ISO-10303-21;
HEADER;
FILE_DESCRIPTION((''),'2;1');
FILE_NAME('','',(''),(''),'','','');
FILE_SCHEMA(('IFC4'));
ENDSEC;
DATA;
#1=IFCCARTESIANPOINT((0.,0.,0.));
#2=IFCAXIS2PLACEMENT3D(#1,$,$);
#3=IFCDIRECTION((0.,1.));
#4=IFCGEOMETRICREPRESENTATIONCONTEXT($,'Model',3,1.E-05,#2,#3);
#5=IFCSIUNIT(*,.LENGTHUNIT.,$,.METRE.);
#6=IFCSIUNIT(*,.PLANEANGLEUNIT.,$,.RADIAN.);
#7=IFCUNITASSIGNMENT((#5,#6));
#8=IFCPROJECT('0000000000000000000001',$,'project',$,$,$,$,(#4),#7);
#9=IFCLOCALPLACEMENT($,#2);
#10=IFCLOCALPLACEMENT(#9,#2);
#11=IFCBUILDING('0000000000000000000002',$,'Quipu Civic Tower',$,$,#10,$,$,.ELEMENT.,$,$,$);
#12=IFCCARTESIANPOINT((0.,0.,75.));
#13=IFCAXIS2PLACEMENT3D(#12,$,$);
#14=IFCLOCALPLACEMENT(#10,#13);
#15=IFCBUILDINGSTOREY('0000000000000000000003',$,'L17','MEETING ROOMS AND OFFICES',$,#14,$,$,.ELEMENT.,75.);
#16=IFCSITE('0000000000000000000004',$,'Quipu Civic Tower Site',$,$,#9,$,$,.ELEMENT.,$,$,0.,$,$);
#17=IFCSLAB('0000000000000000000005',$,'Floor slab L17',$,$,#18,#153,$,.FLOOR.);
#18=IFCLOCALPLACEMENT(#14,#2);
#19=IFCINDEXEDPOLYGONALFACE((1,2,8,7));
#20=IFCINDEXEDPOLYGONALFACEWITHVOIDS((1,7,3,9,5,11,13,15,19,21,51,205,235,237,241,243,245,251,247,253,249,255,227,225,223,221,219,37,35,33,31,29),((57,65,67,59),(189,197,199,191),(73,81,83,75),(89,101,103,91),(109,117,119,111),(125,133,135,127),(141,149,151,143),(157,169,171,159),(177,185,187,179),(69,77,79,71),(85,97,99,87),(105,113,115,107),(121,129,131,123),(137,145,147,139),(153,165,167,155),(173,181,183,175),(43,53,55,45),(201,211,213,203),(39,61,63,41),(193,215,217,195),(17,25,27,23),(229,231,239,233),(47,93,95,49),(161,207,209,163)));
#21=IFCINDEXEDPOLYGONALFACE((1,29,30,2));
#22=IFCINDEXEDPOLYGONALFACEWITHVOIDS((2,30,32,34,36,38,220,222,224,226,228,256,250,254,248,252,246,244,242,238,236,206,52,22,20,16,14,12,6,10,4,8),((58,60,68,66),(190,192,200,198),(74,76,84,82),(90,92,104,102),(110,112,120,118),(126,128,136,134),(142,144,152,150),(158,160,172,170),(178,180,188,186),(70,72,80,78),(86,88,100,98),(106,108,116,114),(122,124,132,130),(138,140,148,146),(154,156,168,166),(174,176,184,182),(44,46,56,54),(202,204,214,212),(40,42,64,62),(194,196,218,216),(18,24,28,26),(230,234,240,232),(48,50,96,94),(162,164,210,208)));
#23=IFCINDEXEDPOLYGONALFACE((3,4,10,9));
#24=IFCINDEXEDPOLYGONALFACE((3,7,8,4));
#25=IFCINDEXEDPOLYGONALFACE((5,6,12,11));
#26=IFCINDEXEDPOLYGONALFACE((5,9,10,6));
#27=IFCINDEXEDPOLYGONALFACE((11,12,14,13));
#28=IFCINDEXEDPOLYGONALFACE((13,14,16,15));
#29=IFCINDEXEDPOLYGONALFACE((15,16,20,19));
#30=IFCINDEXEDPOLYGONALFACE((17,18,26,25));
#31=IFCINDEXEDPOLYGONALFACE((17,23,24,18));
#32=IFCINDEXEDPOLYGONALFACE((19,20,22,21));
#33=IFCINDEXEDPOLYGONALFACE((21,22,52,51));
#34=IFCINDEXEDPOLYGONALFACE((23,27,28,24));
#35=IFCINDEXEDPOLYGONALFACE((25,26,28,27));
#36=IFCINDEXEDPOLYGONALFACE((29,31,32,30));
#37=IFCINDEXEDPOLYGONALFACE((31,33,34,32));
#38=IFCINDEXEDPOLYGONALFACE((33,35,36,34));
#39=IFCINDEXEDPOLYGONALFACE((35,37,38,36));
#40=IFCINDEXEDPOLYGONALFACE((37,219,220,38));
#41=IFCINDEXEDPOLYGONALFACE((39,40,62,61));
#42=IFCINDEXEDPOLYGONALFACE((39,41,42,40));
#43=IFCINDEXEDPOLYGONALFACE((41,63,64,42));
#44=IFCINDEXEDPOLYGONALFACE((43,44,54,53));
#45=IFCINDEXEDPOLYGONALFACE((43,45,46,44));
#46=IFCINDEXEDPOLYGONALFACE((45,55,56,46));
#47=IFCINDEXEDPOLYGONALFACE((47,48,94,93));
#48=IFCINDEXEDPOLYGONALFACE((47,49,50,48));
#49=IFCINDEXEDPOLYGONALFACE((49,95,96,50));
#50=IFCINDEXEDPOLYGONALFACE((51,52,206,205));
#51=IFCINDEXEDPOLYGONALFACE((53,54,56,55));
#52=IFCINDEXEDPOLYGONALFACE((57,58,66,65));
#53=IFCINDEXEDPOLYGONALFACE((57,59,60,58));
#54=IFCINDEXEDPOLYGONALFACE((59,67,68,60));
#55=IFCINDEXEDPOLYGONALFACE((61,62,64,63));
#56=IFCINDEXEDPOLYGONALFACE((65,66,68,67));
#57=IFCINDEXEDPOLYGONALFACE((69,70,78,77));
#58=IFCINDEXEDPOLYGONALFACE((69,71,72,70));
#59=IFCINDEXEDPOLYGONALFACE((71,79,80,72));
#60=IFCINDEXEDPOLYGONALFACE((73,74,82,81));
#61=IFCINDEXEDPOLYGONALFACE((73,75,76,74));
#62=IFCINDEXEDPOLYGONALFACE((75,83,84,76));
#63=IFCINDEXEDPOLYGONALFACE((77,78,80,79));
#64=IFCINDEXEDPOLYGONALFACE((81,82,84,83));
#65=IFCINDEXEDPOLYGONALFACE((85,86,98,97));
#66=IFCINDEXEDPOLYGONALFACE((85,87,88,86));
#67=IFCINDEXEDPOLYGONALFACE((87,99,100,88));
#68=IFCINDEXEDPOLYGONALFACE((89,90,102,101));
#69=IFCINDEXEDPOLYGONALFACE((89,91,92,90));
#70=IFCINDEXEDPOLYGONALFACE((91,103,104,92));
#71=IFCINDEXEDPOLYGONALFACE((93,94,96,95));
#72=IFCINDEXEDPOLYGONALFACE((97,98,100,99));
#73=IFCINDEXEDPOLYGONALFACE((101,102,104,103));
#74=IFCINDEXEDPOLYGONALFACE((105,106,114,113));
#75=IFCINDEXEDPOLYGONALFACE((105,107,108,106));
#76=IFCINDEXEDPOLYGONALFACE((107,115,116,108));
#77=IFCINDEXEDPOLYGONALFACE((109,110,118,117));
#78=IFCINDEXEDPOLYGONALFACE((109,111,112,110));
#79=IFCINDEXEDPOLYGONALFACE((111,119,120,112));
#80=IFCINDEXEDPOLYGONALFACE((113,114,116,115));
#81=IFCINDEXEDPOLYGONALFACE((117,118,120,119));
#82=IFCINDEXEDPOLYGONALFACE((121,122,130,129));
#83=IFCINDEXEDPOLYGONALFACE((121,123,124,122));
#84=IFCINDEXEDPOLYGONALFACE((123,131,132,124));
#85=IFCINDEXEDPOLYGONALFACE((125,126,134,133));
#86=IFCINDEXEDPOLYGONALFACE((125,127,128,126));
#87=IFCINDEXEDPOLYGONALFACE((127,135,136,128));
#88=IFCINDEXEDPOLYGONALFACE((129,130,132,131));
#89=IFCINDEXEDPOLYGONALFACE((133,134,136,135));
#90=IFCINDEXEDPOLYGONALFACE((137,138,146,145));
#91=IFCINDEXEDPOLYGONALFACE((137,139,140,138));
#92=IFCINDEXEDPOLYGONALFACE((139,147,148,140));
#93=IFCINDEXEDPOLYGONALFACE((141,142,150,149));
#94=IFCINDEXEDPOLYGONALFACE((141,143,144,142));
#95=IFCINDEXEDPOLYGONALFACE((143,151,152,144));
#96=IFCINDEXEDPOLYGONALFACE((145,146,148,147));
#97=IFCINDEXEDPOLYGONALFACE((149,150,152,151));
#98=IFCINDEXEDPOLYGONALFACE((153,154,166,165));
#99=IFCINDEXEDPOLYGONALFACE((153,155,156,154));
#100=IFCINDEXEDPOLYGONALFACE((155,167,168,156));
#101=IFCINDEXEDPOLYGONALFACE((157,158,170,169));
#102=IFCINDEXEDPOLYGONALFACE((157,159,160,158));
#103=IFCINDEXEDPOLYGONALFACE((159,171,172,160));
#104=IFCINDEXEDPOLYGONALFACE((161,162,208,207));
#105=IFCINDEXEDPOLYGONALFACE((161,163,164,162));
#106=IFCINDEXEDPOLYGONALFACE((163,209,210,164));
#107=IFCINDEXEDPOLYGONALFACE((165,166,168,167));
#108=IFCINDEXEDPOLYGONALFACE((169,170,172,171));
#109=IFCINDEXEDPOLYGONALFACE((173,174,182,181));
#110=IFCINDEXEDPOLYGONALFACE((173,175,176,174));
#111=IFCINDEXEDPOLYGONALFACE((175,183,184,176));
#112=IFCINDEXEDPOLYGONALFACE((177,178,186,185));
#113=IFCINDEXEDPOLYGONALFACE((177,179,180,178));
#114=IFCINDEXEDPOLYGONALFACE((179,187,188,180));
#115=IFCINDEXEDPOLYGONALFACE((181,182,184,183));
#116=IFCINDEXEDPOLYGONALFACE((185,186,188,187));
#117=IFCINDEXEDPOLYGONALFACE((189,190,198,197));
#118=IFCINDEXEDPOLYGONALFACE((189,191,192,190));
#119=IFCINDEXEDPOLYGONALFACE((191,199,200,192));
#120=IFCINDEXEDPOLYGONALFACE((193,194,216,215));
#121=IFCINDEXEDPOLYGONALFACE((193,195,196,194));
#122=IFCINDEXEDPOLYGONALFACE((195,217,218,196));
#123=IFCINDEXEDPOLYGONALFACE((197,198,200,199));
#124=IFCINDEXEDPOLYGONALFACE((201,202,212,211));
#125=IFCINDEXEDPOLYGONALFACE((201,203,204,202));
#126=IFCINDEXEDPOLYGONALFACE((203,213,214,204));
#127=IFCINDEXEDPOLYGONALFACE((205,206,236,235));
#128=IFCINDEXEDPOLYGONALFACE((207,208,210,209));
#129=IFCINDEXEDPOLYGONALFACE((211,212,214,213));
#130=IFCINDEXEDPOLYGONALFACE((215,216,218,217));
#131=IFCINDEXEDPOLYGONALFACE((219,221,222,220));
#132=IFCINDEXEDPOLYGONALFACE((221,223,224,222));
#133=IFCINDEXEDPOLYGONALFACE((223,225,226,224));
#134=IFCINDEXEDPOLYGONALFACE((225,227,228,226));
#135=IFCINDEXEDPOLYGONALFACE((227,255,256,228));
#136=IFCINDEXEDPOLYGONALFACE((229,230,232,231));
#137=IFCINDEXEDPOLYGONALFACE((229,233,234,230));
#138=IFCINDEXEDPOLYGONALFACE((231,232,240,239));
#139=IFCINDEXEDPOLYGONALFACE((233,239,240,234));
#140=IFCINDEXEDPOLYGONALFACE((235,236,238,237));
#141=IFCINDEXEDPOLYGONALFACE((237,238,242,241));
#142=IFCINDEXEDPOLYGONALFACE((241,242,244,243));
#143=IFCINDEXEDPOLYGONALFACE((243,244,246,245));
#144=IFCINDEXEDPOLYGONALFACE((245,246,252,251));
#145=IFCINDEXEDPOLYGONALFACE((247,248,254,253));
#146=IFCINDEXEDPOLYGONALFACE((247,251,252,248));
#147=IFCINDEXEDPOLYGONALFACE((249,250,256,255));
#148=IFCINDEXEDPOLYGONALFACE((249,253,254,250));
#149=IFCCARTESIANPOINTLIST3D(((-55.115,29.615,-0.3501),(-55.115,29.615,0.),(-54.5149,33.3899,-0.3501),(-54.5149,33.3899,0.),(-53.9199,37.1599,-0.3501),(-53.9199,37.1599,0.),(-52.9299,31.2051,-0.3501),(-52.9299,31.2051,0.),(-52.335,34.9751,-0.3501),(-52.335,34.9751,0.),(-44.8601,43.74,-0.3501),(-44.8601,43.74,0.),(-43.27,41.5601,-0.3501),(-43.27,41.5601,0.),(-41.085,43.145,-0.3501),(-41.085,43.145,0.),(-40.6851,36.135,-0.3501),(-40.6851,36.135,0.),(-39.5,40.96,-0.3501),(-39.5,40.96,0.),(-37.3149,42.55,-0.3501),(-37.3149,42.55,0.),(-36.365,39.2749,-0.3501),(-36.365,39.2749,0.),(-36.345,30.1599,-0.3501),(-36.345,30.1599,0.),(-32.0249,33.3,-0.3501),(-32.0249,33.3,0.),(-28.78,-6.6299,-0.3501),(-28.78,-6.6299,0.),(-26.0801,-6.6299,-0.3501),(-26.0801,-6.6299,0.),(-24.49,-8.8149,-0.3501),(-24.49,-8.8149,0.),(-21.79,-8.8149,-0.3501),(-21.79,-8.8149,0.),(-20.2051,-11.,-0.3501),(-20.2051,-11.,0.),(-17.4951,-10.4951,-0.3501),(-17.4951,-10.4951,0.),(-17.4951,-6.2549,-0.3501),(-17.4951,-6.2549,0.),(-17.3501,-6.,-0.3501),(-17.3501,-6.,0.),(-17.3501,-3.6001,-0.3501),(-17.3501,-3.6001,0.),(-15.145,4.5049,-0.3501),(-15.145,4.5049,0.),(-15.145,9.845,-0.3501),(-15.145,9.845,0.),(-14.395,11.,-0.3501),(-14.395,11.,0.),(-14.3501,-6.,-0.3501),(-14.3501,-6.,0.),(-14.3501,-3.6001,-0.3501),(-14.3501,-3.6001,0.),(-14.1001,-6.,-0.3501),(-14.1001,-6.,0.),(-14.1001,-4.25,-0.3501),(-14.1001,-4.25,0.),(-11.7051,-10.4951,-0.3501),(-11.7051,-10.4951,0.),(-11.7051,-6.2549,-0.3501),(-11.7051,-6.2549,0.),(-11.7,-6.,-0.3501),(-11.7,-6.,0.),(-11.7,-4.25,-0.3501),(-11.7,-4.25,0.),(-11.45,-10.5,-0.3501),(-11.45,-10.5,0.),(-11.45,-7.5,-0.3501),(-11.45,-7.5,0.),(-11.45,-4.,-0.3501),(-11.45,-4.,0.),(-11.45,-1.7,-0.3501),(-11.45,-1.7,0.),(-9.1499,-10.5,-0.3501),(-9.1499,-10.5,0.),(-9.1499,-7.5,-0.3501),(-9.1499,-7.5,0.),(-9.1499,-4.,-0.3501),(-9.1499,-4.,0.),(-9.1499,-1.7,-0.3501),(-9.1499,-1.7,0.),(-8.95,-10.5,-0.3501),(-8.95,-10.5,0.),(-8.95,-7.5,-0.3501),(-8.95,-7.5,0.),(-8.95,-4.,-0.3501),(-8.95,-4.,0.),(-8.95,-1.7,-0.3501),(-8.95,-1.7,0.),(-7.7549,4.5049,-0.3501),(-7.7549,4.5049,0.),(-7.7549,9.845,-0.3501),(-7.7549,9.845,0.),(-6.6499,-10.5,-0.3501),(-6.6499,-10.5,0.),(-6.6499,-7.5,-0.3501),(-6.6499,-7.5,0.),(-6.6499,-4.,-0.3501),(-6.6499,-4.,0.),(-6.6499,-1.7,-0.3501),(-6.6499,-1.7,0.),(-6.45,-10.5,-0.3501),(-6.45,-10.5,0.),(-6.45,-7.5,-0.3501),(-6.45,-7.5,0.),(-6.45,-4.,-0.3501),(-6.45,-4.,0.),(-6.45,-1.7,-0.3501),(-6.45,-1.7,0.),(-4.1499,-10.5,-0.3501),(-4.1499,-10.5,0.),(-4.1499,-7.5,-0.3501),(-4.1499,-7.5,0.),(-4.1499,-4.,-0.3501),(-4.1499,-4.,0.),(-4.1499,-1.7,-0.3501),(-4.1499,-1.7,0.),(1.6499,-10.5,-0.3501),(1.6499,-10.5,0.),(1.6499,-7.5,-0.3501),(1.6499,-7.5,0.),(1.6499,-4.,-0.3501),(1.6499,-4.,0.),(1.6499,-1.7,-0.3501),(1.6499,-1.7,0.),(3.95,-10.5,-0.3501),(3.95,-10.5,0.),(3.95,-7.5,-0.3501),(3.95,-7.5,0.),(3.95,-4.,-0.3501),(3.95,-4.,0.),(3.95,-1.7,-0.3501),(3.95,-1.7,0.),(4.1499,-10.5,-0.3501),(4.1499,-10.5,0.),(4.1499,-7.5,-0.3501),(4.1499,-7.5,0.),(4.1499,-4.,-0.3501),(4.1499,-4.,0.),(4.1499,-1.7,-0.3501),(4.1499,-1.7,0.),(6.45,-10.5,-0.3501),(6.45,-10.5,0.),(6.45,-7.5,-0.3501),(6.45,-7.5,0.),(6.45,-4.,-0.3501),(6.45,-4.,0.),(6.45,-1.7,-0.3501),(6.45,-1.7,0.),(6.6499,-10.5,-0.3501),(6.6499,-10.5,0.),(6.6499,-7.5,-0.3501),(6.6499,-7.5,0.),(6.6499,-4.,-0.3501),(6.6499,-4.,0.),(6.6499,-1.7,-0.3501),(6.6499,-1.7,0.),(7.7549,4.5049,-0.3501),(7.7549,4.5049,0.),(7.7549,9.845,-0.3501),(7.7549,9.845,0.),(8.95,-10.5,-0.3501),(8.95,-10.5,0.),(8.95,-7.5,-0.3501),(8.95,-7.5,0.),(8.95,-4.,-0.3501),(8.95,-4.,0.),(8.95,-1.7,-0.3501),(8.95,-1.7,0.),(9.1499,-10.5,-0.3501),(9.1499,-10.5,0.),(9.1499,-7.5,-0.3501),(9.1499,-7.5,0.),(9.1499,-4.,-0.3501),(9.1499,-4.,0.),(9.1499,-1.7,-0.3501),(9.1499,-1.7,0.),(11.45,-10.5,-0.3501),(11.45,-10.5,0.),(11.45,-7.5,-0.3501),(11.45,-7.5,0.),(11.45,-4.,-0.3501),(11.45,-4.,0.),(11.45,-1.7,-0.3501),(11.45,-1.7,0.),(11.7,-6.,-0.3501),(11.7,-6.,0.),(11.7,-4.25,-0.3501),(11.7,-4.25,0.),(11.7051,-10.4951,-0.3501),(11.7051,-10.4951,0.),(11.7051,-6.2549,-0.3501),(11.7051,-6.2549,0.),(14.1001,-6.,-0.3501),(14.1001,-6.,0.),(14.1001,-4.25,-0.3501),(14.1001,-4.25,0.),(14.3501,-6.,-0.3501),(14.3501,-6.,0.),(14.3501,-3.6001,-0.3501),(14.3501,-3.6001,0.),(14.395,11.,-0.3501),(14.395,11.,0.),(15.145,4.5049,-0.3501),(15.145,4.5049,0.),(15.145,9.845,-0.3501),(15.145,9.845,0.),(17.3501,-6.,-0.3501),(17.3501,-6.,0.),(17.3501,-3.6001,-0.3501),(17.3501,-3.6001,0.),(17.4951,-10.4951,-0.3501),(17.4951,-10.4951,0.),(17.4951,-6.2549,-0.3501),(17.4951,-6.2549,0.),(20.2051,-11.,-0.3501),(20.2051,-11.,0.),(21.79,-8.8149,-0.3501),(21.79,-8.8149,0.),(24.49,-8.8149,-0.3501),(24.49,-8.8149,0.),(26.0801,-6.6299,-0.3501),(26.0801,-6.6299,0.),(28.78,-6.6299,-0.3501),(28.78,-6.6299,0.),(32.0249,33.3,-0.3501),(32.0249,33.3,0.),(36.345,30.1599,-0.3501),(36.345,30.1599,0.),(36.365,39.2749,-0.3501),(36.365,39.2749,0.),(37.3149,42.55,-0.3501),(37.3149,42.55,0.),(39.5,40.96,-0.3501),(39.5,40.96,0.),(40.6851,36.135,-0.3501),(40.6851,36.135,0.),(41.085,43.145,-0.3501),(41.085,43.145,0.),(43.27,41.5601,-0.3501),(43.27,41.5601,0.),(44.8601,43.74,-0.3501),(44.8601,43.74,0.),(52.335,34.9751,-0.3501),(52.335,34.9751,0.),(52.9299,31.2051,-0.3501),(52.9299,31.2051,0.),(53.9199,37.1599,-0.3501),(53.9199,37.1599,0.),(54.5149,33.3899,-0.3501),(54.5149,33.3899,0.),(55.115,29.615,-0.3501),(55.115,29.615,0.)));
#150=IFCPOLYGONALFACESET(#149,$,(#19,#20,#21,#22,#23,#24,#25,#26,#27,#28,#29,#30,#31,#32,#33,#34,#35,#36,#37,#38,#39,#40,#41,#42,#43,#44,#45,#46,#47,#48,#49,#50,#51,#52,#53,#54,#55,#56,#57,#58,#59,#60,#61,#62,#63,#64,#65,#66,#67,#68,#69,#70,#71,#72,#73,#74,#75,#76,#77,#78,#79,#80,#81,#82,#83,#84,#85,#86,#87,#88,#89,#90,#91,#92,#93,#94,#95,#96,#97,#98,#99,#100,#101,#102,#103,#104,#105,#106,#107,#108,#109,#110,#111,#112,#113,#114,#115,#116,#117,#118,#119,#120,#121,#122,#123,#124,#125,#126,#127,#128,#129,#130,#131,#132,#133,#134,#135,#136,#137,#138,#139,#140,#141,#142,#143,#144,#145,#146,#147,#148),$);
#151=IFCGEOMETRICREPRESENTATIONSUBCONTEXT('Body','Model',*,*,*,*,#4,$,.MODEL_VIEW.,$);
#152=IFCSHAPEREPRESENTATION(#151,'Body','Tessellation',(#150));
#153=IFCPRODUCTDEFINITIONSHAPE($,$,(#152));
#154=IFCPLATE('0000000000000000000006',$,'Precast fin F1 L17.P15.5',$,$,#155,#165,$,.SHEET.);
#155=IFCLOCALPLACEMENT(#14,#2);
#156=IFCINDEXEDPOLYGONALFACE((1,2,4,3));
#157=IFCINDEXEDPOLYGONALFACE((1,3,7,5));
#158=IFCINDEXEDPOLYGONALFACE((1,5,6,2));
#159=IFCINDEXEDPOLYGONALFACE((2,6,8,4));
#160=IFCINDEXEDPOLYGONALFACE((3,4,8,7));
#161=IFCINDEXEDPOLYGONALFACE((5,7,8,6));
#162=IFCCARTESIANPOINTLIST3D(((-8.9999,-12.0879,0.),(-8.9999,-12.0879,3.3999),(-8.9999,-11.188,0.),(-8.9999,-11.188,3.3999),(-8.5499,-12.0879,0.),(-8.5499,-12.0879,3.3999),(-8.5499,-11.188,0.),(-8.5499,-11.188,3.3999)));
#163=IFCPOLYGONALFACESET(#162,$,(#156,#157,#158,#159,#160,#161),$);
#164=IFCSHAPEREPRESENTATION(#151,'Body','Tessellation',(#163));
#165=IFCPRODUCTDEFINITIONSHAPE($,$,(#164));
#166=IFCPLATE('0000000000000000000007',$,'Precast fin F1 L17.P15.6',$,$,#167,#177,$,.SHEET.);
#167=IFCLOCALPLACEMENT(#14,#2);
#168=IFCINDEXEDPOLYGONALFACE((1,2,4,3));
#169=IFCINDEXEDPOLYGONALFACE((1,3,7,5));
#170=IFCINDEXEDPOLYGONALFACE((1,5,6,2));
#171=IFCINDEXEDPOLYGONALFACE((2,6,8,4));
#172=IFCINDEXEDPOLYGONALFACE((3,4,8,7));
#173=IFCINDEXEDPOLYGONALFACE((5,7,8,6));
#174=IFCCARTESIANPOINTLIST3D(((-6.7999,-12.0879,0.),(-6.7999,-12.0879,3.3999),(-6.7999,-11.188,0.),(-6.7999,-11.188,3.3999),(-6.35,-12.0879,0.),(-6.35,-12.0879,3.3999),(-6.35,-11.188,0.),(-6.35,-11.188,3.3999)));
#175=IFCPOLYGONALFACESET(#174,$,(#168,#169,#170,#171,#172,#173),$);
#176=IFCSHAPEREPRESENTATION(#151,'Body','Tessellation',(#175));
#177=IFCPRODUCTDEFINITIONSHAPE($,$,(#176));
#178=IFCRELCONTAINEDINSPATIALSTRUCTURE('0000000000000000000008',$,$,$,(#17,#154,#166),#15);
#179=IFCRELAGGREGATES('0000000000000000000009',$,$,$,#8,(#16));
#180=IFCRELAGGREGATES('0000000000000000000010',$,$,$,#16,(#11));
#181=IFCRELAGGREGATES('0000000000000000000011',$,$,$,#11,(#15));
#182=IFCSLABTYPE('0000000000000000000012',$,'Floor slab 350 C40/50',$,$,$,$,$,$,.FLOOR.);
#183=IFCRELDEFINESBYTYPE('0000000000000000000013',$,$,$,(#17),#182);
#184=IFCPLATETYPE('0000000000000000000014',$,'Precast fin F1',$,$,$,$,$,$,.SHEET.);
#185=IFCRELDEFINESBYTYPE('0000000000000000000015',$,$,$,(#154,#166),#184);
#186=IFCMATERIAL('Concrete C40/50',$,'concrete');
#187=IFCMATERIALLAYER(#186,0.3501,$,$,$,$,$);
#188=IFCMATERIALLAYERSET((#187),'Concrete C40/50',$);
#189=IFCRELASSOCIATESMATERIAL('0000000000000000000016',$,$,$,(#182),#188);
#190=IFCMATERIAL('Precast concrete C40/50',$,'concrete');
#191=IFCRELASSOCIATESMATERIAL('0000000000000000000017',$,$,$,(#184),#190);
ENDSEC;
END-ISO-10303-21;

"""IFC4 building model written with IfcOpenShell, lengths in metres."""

from ifc_helpers import new_model, si_unit, direction, frame, origin, origin_2d, place, context, subcontext, project, spatial, polyline, rectangle, outline, extrude, material, layer, layer_set, type_object, element, save


model = new_model("IFC4")

# Units and contexts
model_context = context("Model", 3, precision=1e-05, world=origin(), true_north=direction((0.0, 1.0)))
body_context = subcontext(model_context, "Body", "Model", "MODEL_VIEW")
ifc_project = project(units=[si_unit("LENGTHUNIT", "METRE"), si_unit("PLANEANGLEUNIT", "RADIAN")], contexts=[model_context])

# Site, building, storey
site_placement = place(None, origin())
site = spatial("IfcSite", under=ifc_project, at=site_placement, Name="Quipu Civic Tower Site", CompositionType="ELEMENT", RefElevation=0.0)
building_placement = place(site_placement, origin())
building = spatial("IfcBuilding", under=site, at=building_placement, Name="Quipu Civic Tower", CompositionType="ELEMENT")
storey_placement = place(building_placement, frame((0.0, 0.0, 75.0)))
storey = spatial("IfcBuildingStorey", under=building, at=storey_placement, Name="L17", Description="MEETING ROOMS AND OFFICES", CompositionType="ELEMENT", Elevation=75.0)

# Slab
ifc_material_1 = material(Name="Concrete C40/50", Category="concrete")
ifc_layer_1 = layer(ifc_material_1, 0.3501)
ifc_layer_set_1 = layer_set([ifc_layer_1], Name="Concrete C40/50")
slab_type_1 = type_object("IfcSlabType", Name="Floor slab 350 C40/50", PredefinedType="FLOOR", material=ifc_layer_set_1)
slab_1_placement = place(storey_placement, frame((0.0, 0.0, -0.3501)))
element("IfcSlab", 1, at=slab_1_placement, inside=storey, type_object=slab_type_1, Name="Floor slab L17", PredefinedType="FLOOR", context=body_context, shape_type="SweptSolid", body=[
    extrude(outline(polyline([(37.3149, 42.55), (39.5, 40.96), (41.085, 43.145), (43.27, 41.5601), (44.8601, 43.74), (53.9199, 37.1599), (52.335, 34.9751), (54.5149, 33.3899), (52.9299, 31.2051), (55.115, 29.615), (28.78, -6.6299), (26.0801, -6.6299), (24.49, -8.8149), (21.79, -8.8149), (20.2051, -11.0), (-20.2051, -11.0), (-21.79, -8.8149), (-24.49, -8.8149), (-26.0801, -6.6299), (-28.78, -6.6299), (-55.115, 29.615), (-52.9299, 31.2051), (-54.5149, 33.3899), (-52.335, 34.9751), (-53.9199, 37.1599), (-44.8601, 43.74), (-43.27, 41.5601), (-41.085, 43.145), (-39.5, 40.96), (-37.3149, 42.55), (-14.395, 11.0), (14.395, 11.0), (37.3149, 42.55)]), holes=[polyline([(-11.45, -7.5), (-11.45, -10.5), (-9.1499, -10.5), (-9.1499, -7.5), (-11.45, -7.5)]), polyline([(-6.6499, -7.5), (-8.95, -7.5), (-8.95, -10.5), (-6.6499, -10.5), (-6.6499, -7.5)]), polyline([(-4.1499, -7.5), (-6.45, -7.5), (-6.45, -10.5), (-4.1499, -10.5), (-4.1499, -7.5)]), polyline([(1.6499, -7.5), (1.6499, -10.5), (3.95, -10.5), (3.95, -7.5), (1.6499, -7.5)]), polyline([(-11.7051, -10.4951), (-11.7051, -6.2549), (-17.4951, -6.2549), (-17.4951, -10.4951), (-11.7051, -10.4951)]), polyline([(-11.7, -4.25), (-14.1001, -4.25), (-14.1001, -6.0), (-11.7, -6.0), (-11.7, -4.25)]), polyline([(-17.3501, -3.6001), (-17.3501, -6.0), (-14.3501, -6.0), (-14.3501, -3.6001), (-17.3501, -3.6001)]), polyline([(-9.1499, -1.7), (-11.45, -1.7), (-11.45, -4.0), (-9.1499, -4.0), (-9.1499, -1.7)]), polyline([(-6.6499, -1.7), (-8.95, -1.7), (-8.95, -4.0), (-6.6499, -4.0), (-6.6499, -1.7)]), polyline([(-6.45, -1.7), (-6.45, -4.0), (-4.1499, -4.0), (-4.1499, -1.7), (-6.45, -1.7)]), polyline([(-7.7549, 4.5049), (-7.7549, 9.845), (-15.145, 9.845), (-15.145, 4.5049), (-7.7549, 4.5049)]), polyline([(-36.365, 39.2749), (-40.6851, 36.135), (-36.345, 30.1599), (-32.0249, 33.3), (-36.365, 39.2749)]), polyline([(4.1499, -7.5), (4.1499, -10.5), (6.45, -10.5), (6.45, -7.5), (4.1499, -7.5)]), polyline([(8.95, -7.5), (6.6499, -7.5), (6.6499, -10.5), (8.95, -10.5), (8.95, -7.5)]), polyline([(11.45, -7.5), (9.1499, -7.5), (9.1499, -10.5), (11.45, -10.5), (11.45, -7.5)]), polyline([(11.7051, -10.4951), (17.4951, -10.4951), (17.4951, -6.2549), (11.7051, -6.2549), (11.7051, -10.4951)]), polyline([(14.1001, -4.25), (11.7, -4.25), (11.7, -6.0), (14.1001, -6.0), (14.1001, -4.25)]), polyline([(17.3501, -3.6001), (14.3501, -3.6001), (14.3501, -6.0), (17.3501, -6.0), (17.3501, -3.6001)]), polyline([(1.6499, -1.7), (1.6499, -4.0), (3.95, -4.0), (3.95, -1.7), (1.6499, -1.7)]), polyline([(6.45, -1.7), (4.1499, -1.7), (4.1499, -4.0), (6.45, -4.0), (6.45, -1.7)]), polyline([(8.95, -1.7), (6.6499, -1.7), (6.6499, -4.0), (8.95, -4.0), (8.95, -1.7)]), polyline([(9.1499, -1.7), (9.1499, -4.0), (11.45, -4.0), (11.45, -1.7), (9.1499, -1.7)]), polyline([(7.7549, 9.845), (7.7549, 4.5049), (15.145, 4.5049), (15.145, 9.845), (7.7549, 9.845)]), polyline([(40.6851, 36.135), (36.365, 39.2749), (32.0249, 33.3), (36.345, 30.1599), (40.6851, 36.135)])]), origin(), (0.0, 0.0, 1.0), 0.3501),
])

# Plates
ifc_material_2 = material(Name="Precast concrete C40/50", Category="concrete")
plate_type = type_object("IfcPlateType", Name="Precast fin F1", PredefinedType="SHEET", material=ifc_material_2)
for number, where, z_axis, x_axis, name in (
    (2, (-8.7749, -11.6379, 0.0), (0.0, 0.0, 1.0), (1.0, 0.0, 0.0), "Precast fin F1 L17.P15.5"),
    (3, (-6.575, -11.6379, 0.0), (0.0, 0.0, 1.0), (1.0, 0.0, 0.0), "Precast fin F1 L17.P15.6"),
):
    element("IfcPlate", number, at=place(storey_placement, frame(where, z_axis=z_axis, x_axis=x_axis)), inside=storey, type_object=plate_type, Name=name, PredefinedType="SHEET", context=body_context, shape_type="SweptSolid", body=[
        extrude(rectangle(XDim=0.45, YDim=0.8999, at=origin_2d()), origin(), (0.0, 0.0, 1.0), 3.3999),
    ])

save(model, "model.ifc")
